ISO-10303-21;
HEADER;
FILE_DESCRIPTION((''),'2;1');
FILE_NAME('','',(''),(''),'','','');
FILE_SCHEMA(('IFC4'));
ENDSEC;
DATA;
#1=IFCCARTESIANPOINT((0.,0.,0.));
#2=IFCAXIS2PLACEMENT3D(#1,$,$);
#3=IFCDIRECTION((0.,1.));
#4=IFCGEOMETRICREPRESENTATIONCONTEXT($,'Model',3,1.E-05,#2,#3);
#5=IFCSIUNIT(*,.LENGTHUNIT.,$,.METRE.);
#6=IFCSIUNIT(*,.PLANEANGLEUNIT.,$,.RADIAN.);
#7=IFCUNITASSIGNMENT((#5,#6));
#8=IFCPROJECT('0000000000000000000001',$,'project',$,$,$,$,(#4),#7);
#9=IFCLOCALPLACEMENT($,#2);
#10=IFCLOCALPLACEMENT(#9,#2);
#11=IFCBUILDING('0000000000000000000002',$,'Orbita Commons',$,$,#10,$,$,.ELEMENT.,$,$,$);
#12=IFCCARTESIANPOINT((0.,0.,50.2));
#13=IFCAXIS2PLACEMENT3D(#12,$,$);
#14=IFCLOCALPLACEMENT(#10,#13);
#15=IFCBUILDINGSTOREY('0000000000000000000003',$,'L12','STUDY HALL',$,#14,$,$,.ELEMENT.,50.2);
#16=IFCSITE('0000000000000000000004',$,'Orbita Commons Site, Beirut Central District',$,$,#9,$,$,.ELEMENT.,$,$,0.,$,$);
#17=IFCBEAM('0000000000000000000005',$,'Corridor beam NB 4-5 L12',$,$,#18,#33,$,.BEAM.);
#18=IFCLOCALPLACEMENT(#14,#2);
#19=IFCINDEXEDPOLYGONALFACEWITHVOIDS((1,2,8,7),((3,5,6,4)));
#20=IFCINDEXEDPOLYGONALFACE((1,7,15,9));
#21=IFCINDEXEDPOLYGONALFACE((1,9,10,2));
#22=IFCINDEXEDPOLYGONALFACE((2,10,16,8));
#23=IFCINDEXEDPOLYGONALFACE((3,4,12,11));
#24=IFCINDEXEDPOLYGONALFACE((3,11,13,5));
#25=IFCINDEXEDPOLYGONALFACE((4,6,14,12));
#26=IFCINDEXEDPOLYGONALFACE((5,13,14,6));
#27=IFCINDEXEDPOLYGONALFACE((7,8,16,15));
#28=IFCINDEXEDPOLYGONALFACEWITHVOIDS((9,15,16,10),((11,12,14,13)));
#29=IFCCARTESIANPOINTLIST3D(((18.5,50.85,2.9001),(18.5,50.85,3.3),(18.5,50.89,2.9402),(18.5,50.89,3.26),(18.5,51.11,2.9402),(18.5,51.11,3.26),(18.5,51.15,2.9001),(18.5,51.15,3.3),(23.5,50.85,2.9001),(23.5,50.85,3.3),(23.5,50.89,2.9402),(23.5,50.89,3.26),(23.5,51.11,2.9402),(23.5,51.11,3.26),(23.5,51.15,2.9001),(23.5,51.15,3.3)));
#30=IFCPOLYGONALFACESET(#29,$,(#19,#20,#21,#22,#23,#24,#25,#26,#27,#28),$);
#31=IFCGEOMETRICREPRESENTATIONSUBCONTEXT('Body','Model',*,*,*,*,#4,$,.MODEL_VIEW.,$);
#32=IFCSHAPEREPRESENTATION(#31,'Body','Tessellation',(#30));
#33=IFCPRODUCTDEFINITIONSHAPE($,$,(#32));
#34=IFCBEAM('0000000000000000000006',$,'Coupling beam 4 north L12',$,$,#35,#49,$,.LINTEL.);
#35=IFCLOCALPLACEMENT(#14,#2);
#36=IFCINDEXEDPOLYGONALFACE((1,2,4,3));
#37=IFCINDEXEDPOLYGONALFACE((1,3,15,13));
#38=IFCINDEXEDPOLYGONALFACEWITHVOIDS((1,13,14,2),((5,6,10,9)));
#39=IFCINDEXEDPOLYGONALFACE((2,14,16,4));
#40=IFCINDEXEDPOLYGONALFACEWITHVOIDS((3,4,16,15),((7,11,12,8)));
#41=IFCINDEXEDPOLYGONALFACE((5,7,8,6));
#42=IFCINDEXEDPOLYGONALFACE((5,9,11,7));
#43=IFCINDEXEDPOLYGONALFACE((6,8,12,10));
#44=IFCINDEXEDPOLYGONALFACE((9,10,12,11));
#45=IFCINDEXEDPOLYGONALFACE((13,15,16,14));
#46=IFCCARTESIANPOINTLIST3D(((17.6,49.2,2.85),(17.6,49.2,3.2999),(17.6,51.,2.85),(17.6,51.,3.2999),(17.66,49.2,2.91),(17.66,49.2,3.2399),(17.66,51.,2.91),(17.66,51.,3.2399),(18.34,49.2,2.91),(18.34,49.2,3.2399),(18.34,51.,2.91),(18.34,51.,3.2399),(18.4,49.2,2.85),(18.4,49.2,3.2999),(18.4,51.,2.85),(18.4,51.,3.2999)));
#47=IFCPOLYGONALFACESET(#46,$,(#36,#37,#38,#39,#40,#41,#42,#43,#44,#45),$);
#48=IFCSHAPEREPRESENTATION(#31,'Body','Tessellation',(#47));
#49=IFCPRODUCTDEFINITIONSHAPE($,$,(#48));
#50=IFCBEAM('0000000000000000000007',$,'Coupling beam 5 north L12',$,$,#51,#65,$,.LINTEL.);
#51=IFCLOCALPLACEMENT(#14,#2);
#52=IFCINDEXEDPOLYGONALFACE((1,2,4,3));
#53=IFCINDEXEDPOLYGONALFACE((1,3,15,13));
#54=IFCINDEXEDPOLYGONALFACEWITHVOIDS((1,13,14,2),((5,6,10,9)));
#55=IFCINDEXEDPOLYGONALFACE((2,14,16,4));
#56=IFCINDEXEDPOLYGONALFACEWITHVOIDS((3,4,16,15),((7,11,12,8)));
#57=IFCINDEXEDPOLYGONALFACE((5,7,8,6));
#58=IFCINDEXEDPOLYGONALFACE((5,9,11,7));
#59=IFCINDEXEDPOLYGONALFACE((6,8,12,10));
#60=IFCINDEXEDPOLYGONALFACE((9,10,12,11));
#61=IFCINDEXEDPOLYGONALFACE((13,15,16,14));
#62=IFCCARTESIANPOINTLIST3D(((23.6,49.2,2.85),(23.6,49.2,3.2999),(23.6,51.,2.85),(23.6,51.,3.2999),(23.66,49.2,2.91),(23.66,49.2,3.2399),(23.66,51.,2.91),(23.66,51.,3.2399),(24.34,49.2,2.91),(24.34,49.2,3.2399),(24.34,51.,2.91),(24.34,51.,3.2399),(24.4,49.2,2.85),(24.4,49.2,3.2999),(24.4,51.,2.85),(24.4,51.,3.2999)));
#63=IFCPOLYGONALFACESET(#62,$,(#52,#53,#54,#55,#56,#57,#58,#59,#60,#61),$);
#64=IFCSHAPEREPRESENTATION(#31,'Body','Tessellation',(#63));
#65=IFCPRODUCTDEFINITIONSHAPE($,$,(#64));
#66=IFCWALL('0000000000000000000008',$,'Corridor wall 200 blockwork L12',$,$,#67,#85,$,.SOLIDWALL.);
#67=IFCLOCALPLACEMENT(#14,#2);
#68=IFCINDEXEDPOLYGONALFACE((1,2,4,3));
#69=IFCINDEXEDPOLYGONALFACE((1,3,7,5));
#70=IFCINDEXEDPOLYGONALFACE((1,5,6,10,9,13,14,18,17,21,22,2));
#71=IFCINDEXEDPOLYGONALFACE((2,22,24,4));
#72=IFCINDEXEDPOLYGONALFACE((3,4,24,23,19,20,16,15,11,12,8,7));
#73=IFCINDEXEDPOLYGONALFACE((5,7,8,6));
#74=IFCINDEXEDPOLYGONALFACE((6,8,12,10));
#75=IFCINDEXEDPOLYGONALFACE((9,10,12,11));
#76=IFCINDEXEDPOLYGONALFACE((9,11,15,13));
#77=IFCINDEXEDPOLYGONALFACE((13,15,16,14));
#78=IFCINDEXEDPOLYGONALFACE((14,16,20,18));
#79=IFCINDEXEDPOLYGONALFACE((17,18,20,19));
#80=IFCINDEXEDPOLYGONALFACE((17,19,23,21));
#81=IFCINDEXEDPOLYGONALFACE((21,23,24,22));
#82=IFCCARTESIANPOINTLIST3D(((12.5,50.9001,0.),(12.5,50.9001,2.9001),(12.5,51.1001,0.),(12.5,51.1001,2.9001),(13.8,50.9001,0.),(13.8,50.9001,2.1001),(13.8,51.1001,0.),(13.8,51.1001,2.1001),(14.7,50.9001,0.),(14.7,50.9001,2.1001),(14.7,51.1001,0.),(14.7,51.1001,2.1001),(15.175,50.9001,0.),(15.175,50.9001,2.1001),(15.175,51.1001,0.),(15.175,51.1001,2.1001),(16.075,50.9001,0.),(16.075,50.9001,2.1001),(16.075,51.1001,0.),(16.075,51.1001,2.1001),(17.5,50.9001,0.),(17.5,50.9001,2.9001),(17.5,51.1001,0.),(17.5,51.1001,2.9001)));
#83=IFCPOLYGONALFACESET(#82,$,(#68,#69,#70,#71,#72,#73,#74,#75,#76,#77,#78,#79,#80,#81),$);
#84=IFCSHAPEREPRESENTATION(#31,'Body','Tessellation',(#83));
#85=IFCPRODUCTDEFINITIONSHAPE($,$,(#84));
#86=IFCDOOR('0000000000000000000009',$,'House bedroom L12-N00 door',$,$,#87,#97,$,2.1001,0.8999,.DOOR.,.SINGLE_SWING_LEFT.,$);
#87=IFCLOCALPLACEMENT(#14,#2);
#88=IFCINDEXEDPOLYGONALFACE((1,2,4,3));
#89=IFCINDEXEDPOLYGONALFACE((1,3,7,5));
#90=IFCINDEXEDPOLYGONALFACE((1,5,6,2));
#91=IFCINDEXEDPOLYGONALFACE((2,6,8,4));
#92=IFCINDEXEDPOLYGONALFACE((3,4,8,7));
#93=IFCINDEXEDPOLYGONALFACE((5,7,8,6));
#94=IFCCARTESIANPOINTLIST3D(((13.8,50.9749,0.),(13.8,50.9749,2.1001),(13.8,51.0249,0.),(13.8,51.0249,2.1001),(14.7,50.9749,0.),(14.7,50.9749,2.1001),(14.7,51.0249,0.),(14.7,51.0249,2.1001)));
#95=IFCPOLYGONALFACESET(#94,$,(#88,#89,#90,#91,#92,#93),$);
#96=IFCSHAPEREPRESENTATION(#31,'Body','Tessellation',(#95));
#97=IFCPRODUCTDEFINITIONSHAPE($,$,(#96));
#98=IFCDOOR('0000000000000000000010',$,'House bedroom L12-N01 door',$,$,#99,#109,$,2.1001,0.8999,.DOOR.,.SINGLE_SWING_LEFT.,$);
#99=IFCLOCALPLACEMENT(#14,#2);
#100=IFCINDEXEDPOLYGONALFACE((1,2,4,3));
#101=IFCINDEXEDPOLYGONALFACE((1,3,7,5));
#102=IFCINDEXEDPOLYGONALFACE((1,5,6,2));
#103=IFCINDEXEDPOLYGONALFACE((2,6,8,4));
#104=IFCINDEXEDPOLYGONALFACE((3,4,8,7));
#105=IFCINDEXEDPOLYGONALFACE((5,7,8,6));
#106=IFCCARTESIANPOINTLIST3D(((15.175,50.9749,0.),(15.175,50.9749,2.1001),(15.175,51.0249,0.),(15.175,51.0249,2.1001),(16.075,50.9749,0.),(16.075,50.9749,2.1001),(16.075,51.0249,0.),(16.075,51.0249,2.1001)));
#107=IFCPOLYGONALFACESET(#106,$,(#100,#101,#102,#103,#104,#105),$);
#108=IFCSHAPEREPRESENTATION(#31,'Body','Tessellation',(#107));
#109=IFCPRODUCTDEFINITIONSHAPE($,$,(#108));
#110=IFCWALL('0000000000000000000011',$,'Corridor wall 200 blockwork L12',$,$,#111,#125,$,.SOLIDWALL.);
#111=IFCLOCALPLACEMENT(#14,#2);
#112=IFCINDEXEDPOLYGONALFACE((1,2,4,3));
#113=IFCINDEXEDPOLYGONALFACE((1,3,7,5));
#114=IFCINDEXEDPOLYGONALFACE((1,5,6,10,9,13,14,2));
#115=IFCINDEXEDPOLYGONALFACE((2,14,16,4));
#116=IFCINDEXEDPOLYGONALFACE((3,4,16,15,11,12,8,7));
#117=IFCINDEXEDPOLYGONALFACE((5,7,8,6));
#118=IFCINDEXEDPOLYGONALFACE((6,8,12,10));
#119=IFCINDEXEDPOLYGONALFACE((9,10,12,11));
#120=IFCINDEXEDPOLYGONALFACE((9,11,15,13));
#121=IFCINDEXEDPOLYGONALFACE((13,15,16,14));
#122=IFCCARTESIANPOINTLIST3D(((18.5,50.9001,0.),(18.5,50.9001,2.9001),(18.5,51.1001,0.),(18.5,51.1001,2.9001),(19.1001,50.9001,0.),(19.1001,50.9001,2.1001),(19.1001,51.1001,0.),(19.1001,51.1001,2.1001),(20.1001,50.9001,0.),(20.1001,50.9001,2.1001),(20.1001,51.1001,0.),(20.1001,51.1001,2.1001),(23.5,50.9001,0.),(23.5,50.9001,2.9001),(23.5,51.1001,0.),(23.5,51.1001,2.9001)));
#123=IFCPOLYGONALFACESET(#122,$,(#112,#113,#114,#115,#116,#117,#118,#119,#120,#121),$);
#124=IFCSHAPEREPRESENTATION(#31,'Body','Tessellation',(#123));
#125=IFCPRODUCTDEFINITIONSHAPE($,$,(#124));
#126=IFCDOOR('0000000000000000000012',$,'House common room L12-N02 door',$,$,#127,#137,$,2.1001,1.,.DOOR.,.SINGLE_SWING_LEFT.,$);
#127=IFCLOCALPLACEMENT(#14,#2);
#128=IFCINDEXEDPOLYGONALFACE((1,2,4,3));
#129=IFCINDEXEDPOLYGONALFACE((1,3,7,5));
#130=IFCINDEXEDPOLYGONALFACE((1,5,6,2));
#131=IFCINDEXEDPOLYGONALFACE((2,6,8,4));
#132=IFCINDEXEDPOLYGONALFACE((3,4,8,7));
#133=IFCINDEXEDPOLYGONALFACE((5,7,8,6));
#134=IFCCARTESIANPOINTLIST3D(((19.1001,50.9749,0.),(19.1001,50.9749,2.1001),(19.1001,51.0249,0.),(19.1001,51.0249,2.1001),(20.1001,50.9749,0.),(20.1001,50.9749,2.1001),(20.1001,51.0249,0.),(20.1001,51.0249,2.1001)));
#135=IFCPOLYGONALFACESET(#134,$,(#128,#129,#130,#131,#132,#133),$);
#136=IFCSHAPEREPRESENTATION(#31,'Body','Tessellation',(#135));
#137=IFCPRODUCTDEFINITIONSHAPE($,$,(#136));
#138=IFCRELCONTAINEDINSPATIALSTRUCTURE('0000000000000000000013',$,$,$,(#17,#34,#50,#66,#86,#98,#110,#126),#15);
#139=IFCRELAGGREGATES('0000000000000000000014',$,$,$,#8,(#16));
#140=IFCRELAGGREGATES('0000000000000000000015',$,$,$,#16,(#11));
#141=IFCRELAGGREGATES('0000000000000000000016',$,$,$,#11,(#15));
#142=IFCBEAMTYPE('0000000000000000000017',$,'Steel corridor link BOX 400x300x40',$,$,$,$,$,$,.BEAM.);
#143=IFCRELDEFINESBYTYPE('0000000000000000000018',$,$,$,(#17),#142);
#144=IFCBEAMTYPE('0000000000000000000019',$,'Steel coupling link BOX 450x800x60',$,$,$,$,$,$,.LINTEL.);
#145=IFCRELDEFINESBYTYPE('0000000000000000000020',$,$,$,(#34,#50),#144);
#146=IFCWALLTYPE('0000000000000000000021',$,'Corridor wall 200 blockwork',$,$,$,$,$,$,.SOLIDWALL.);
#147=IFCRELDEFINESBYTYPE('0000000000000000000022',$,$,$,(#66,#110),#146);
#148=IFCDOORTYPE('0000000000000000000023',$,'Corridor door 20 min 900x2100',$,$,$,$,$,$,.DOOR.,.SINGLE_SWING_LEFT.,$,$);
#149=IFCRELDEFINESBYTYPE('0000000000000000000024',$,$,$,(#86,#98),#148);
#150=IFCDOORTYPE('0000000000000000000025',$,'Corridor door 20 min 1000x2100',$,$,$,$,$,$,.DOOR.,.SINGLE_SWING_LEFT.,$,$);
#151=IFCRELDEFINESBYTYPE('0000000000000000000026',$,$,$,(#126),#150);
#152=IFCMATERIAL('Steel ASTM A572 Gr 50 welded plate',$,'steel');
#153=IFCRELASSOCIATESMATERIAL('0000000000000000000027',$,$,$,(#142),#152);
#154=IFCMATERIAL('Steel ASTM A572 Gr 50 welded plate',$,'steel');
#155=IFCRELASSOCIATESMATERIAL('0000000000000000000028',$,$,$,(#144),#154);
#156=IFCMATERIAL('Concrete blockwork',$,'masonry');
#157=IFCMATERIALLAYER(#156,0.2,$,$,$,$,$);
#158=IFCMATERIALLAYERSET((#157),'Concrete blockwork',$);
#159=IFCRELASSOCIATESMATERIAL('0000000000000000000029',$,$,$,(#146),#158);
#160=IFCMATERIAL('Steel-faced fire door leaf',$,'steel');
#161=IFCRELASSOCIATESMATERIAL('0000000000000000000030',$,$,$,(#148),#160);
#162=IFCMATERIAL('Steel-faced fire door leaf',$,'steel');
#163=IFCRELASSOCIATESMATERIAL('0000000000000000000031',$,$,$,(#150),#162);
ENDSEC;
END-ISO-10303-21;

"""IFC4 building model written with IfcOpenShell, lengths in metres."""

from ifc_helpers import new_model, si_unit, direction, frame, frame_2d, origin, origin_2d, place, context, subcontext, project, spatial, polyline, rectangle, hollow_rectangle, outline, extrude, material, layer, layer_set, material_profile, profile_set, type_object, element, fill, save


model = new_model("IFC4")

# Units and contexts
model_context = context("Model", 3, precision=1e-05, world=origin(), true_north=direction((0.0, 1.0)))
body_context = subcontext(model_context, "Body", "Model", "MODEL_VIEW")
ifc_project = project(units=[si_unit("LENGTHUNIT", "METRE"), si_unit("PLANEANGLEUNIT", "RADIAN")], contexts=[model_context])

# Site, building, storey
site_placement = place(None, origin())
site = spatial("IfcSite", under=ifc_project, at=site_placement, Name="Orbita Commons Site, Beirut Central District", CompositionType="ELEMENT", RefElevation=0.0)
building_placement = place(site_placement, origin())
building = spatial("IfcBuilding", under=site, at=building_placement, Name="Orbita Commons", CompositionType="ELEMENT")
storey_placement = place(building_placement, frame((0.0, 0.0, 50.2)))
storey = spatial("IfcBuildingStorey", under=building, at=storey_placement, Name="L12", Description="STUDY HALL", CompositionType="ELEMENT", Elevation=50.2)

# Beams
ifc_material_1 = material(Name="Steel ASTM A572 Gr 50 welded plate", Category="steel")
ifc_material_profile_1 = material_profile(ifc_material_1, hollow_rectangle(XDim=0.3, YDim=0.3999, WallThickness=0.04, at=origin_2d()), Name="BOX 400x300x40")
ifc_profile_set_1 = profile_set([ifc_material_profile_1], Name="Steel ASTM A572 Gr 50 welded plate")
beam_type_1 = type_object("IfcBeamType", Name="Steel corridor link BOX 400x300x40", PredefinedType="BEAM", material=ifc_profile_set_1)
beam_placement = place(storey_placement, frame((18.5, 51.0, 3.1001), z_axis=(1.0, 0.0, 0.0), x_axis=(0.0, 1.0, 0.0)))
element("IfcBeam", 1, at=beam_placement, inside=storey, type_object=beam_type_1, Name="Corridor beam NB 4-5 L12", PredefinedType="BEAM", context=body_context, shape_type="SweptSolid", body=[
    extrude(hollow_rectangle(XDim=0.3, YDim=0.3999, WallThickness=0.04, at=origin_2d()), origin(), (0.0, 0.0, 1.0), 5.0),
])
ifc_material_2 = material(Name="Steel ASTM A572 Gr 50 welded plate", Category="steel")
ifc_material_profile_2 = material_profile(ifc_material_2, hollow_rectangle(XDim=0.8, YDim=0.45, WallThickness=0.0601, at=origin_2d()), Name="BOX 450x800x60")
ifc_profile_set_2 = profile_set([ifc_material_profile_2], Name="Steel ASTM A572 Gr 50 welded plate")
beam_type_2 = type_object("IfcBeamType", Name="Steel coupling link BOX 450x800x60", PredefinedType="LINTEL", material=ifc_profile_set_2)
for number, where, z_axis, x_axis, name in (
    (2, (18.0, 49.2, 3.075), (0.0, 1.0, 0.0), (-1.0, 0.0, 0.0), "Coupling beam 4 north L12"),
    (3, (24.0, 49.2, 3.075), (0.0, 1.0, 0.0), (-1.0, 0.0, 0.0), "Coupling beam 5 north L12"),
):
    element("IfcBeam", number, at=place(storey_placement, frame(where, z_axis=z_axis, x_axis=x_axis)), inside=storey, type_object=beam_type_2, Name=name, PredefinedType="LINTEL", context=body_context, shape_type="SweptSolid", body=[
        extrude(hollow_rectangle(XDim=0.8, YDim=0.45, WallThickness=0.0601, at=origin_2d()), origin(), (0.0, 0.0, 1.0), 1.8),
    ])

# Wall, openings, doors
ifc_material_3 = material(Name="Concrete blockwork", Category="masonry")
ifc_layer_1 = layer(ifc_material_3, 0.2)
ifc_layer_set_1 = layer_set([ifc_layer_1], Name="Concrete blockwork")
wall_type_1 = type_object("IfcWallType", Name="Corridor wall 200 blockwork", PredefinedType="SOLIDWALL", material=ifc_layer_set_1)
wall_1_placement = place(storey_placement, frame((12.5, 51.0, 0.0), z_axis=(0.0, 0.0, 1.0), x_axis=(1.0, 0.0, 0.0)))
wall_1 = element("IfcWall", 4, at=wall_1_placement, inside=storey, type_object=wall_type_1, Name="Corridor wall 200 blockwork L12", PredefinedType="SOLIDWALL", context=body_context, shape_type="SweptSolid", body=[
    extrude(outline(polyline([(0.0, 0.0), (5.0, 0.0), (5.0, 2.9001), (0.0, 2.9001), (0.0, 0.0)])), frame((0.0, 0.1001, 0.0), z_axis=(0.0, -1.0, 0.0), x_axis=(1.0, 0.0, 0.0)), (0.0, 0.0, 1.0), 0.2),
])
opening_1_placement = place(wall_1_placement, frame((1.3, 0.0, 0.0)))
opening_1 = element("IfcOpeningElement", 5, at=opening_1_placement, cuts=wall_1, PredefinedType="OPENING", context=body_context, shape_type="SweptSolid", body=[
    extrude(rectangle(XDim=0.8999, YDim=2.1001, at=frame_2d((0.45, 1.05))), frame((0.0, 0.1099, 0.0), z_axis=(0.0, -1.0, 0.0), x_axis=(1.0, 0.0, 0.0)), (0.0, 0.0, 1.0), 0.22),
])
opening_2_placement = place(wall_1_placement, frame((2.675, 0.0, 0.0)))
opening_2 = element("IfcOpeningElement", 6, at=opening_2_placement, cuts=wall_1, PredefinedType="OPENING", context=body_context, shape_type="SweptSolid", body=[
    extrude(rectangle(XDim=0.8999, YDim=2.1001, at=frame_2d((0.45, 1.05))), frame((0.0, 0.1099, 0.0), z_axis=(0.0, -1.0, 0.0), x_axis=(1.0, 0.0, 0.0)), (0.0, 0.0, 1.0), 0.22),
])
ifc_material_4 = material(Name="Steel-faced fire door leaf", Category="steel")
door_type_1 = type_object("IfcDoorType", Name="Corridor door 20 min 900x2100", OperationType="SINGLE_SWING_LEFT", PredefinedType="DOOR", material=ifc_material_4)
door_1_placement = place(opening_1_placement, origin())
door_1 = element("IfcDoor", 7, at=door_1_placement, inside=storey, type_object=door_type_1, Name="House bedroom L12-N00 door", OperationType="SINGLE_SWING_LEFT", OverallHeight=2.1001, OverallWidth=0.8999, PredefinedType="DOOR", context=body_context, shape_type="SweptSolid", body=[
    extrude(rectangle(XDim=0.8999, YDim=2.1001, at=frame_2d((0.45, 1.05))), frame((0.0, 0.0249, 0.0), z_axis=(0.0, -1.0, 0.0), x_axis=(1.0, 0.0, 0.0)), (0.0, 0.0, 1.0), 0.05),
])
fill(opening_1, door_1)
door_2_placement = place(opening_2_placement, origin())
door_2 = element("IfcDoor", 8, at=door_2_placement, inside=storey, type_object=door_type_1, Name="House bedroom L12-N01 door", OperationType="SINGLE_SWING_LEFT", OverallHeight=2.1001, OverallWidth=0.8999, PredefinedType="DOOR", context=body_context, shape_type="SweptSolid", body=[
    extrude(rectangle(XDim=0.8999, YDim=2.1001, at=frame_2d((0.45, 1.05))), frame((0.0, 0.0249, 0.0), z_axis=(0.0, -1.0, 0.0), x_axis=(1.0, 0.0, 0.0)), (0.0, 0.0, 1.0), 0.05),
])
fill(opening_2, door_2)

# Wall, opening, door
wall_2_placement = place(storey_placement, frame((18.5, 51.0, 0.0), z_axis=(0.0, 0.0, 1.0), x_axis=(1.0, 0.0, 0.0)))
wall_2 = element("IfcWall", 9, at=wall_2_placement, inside=storey, type_object=wall_type_1, Name="Corridor wall 200 blockwork L12", PredefinedType="SOLIDWALL", context=body_context, shape_type="SweptSolid", body=[
    extrude(outline(polyline([(0.0, 0.0), (5.0, 0.0), (5.0, 2.9001), (0.0, 2.9001), (0.0, 0.0)])), frame((0.0, 0.1001, 0.0), z_axis=(0.0, -1.0, 0.0), x_axis=(1.0, 0.0, 0.0)), (0.0, 0.0, 1.0), 0.2),
])
opening_3_placement = place(wall_2_placement, frame((0.6001, 0.0, 0.0)))
opening_3 = element("IfcOpeningElement", 10, at=opening_3_placement, cuts=wall_2, PredefinedType="OPENING", context=body_context, shape_type="SweptSolid", body=[
    extrude(rectangle(XDim=1.0, YDim=2.1001, at=frame_2d((0.5, 1.05))), frame((0.0, 0.1099, 0.0), z_axis=(0.0, -1.0, 0.0), x_axis=(1.0, 0.0, 0.0)), (0.0, 0.0, 1.0), 0.22),
])
ifc_material_5 = material(Name="Steel-faced fire door leaf", Category="steel")
door_type_2 = type_object("IfcDoorType", Name="Corridor door 20 min 1000x2100", OperationType="SINGLE_SWING_LEFT", PredefinedType="DOOR", material=ifc_material_5)
door_3_placement = place(opening_3_placement, origin())
door_3 = element("IfcDoor", 11, at=door_3_placement, inside=storey, type_object=door_type_2, Name="House common room L12-N02 door", OperationType="SINGLE_SWING_LEFT", OverallHeight=2.1001, OverallWidth=1.0, PredefinedType="DOOR", context=body_context, shape_type="SweptSolid", body=[
    extrude(rectangle(XDim=1.0, YDim=2.1001, at=frame_2d((0.5, 1.05))), frame((0.0, 0.0249, 0.0), z_axis=(0.0, -1.0, 0.0), x_axis=(1.0, 0.0, 0.0)), (0.0, 0.0, 1.0), 0.05),
])
fill(opening_3, door_3)

save(model, "model.ifc")
